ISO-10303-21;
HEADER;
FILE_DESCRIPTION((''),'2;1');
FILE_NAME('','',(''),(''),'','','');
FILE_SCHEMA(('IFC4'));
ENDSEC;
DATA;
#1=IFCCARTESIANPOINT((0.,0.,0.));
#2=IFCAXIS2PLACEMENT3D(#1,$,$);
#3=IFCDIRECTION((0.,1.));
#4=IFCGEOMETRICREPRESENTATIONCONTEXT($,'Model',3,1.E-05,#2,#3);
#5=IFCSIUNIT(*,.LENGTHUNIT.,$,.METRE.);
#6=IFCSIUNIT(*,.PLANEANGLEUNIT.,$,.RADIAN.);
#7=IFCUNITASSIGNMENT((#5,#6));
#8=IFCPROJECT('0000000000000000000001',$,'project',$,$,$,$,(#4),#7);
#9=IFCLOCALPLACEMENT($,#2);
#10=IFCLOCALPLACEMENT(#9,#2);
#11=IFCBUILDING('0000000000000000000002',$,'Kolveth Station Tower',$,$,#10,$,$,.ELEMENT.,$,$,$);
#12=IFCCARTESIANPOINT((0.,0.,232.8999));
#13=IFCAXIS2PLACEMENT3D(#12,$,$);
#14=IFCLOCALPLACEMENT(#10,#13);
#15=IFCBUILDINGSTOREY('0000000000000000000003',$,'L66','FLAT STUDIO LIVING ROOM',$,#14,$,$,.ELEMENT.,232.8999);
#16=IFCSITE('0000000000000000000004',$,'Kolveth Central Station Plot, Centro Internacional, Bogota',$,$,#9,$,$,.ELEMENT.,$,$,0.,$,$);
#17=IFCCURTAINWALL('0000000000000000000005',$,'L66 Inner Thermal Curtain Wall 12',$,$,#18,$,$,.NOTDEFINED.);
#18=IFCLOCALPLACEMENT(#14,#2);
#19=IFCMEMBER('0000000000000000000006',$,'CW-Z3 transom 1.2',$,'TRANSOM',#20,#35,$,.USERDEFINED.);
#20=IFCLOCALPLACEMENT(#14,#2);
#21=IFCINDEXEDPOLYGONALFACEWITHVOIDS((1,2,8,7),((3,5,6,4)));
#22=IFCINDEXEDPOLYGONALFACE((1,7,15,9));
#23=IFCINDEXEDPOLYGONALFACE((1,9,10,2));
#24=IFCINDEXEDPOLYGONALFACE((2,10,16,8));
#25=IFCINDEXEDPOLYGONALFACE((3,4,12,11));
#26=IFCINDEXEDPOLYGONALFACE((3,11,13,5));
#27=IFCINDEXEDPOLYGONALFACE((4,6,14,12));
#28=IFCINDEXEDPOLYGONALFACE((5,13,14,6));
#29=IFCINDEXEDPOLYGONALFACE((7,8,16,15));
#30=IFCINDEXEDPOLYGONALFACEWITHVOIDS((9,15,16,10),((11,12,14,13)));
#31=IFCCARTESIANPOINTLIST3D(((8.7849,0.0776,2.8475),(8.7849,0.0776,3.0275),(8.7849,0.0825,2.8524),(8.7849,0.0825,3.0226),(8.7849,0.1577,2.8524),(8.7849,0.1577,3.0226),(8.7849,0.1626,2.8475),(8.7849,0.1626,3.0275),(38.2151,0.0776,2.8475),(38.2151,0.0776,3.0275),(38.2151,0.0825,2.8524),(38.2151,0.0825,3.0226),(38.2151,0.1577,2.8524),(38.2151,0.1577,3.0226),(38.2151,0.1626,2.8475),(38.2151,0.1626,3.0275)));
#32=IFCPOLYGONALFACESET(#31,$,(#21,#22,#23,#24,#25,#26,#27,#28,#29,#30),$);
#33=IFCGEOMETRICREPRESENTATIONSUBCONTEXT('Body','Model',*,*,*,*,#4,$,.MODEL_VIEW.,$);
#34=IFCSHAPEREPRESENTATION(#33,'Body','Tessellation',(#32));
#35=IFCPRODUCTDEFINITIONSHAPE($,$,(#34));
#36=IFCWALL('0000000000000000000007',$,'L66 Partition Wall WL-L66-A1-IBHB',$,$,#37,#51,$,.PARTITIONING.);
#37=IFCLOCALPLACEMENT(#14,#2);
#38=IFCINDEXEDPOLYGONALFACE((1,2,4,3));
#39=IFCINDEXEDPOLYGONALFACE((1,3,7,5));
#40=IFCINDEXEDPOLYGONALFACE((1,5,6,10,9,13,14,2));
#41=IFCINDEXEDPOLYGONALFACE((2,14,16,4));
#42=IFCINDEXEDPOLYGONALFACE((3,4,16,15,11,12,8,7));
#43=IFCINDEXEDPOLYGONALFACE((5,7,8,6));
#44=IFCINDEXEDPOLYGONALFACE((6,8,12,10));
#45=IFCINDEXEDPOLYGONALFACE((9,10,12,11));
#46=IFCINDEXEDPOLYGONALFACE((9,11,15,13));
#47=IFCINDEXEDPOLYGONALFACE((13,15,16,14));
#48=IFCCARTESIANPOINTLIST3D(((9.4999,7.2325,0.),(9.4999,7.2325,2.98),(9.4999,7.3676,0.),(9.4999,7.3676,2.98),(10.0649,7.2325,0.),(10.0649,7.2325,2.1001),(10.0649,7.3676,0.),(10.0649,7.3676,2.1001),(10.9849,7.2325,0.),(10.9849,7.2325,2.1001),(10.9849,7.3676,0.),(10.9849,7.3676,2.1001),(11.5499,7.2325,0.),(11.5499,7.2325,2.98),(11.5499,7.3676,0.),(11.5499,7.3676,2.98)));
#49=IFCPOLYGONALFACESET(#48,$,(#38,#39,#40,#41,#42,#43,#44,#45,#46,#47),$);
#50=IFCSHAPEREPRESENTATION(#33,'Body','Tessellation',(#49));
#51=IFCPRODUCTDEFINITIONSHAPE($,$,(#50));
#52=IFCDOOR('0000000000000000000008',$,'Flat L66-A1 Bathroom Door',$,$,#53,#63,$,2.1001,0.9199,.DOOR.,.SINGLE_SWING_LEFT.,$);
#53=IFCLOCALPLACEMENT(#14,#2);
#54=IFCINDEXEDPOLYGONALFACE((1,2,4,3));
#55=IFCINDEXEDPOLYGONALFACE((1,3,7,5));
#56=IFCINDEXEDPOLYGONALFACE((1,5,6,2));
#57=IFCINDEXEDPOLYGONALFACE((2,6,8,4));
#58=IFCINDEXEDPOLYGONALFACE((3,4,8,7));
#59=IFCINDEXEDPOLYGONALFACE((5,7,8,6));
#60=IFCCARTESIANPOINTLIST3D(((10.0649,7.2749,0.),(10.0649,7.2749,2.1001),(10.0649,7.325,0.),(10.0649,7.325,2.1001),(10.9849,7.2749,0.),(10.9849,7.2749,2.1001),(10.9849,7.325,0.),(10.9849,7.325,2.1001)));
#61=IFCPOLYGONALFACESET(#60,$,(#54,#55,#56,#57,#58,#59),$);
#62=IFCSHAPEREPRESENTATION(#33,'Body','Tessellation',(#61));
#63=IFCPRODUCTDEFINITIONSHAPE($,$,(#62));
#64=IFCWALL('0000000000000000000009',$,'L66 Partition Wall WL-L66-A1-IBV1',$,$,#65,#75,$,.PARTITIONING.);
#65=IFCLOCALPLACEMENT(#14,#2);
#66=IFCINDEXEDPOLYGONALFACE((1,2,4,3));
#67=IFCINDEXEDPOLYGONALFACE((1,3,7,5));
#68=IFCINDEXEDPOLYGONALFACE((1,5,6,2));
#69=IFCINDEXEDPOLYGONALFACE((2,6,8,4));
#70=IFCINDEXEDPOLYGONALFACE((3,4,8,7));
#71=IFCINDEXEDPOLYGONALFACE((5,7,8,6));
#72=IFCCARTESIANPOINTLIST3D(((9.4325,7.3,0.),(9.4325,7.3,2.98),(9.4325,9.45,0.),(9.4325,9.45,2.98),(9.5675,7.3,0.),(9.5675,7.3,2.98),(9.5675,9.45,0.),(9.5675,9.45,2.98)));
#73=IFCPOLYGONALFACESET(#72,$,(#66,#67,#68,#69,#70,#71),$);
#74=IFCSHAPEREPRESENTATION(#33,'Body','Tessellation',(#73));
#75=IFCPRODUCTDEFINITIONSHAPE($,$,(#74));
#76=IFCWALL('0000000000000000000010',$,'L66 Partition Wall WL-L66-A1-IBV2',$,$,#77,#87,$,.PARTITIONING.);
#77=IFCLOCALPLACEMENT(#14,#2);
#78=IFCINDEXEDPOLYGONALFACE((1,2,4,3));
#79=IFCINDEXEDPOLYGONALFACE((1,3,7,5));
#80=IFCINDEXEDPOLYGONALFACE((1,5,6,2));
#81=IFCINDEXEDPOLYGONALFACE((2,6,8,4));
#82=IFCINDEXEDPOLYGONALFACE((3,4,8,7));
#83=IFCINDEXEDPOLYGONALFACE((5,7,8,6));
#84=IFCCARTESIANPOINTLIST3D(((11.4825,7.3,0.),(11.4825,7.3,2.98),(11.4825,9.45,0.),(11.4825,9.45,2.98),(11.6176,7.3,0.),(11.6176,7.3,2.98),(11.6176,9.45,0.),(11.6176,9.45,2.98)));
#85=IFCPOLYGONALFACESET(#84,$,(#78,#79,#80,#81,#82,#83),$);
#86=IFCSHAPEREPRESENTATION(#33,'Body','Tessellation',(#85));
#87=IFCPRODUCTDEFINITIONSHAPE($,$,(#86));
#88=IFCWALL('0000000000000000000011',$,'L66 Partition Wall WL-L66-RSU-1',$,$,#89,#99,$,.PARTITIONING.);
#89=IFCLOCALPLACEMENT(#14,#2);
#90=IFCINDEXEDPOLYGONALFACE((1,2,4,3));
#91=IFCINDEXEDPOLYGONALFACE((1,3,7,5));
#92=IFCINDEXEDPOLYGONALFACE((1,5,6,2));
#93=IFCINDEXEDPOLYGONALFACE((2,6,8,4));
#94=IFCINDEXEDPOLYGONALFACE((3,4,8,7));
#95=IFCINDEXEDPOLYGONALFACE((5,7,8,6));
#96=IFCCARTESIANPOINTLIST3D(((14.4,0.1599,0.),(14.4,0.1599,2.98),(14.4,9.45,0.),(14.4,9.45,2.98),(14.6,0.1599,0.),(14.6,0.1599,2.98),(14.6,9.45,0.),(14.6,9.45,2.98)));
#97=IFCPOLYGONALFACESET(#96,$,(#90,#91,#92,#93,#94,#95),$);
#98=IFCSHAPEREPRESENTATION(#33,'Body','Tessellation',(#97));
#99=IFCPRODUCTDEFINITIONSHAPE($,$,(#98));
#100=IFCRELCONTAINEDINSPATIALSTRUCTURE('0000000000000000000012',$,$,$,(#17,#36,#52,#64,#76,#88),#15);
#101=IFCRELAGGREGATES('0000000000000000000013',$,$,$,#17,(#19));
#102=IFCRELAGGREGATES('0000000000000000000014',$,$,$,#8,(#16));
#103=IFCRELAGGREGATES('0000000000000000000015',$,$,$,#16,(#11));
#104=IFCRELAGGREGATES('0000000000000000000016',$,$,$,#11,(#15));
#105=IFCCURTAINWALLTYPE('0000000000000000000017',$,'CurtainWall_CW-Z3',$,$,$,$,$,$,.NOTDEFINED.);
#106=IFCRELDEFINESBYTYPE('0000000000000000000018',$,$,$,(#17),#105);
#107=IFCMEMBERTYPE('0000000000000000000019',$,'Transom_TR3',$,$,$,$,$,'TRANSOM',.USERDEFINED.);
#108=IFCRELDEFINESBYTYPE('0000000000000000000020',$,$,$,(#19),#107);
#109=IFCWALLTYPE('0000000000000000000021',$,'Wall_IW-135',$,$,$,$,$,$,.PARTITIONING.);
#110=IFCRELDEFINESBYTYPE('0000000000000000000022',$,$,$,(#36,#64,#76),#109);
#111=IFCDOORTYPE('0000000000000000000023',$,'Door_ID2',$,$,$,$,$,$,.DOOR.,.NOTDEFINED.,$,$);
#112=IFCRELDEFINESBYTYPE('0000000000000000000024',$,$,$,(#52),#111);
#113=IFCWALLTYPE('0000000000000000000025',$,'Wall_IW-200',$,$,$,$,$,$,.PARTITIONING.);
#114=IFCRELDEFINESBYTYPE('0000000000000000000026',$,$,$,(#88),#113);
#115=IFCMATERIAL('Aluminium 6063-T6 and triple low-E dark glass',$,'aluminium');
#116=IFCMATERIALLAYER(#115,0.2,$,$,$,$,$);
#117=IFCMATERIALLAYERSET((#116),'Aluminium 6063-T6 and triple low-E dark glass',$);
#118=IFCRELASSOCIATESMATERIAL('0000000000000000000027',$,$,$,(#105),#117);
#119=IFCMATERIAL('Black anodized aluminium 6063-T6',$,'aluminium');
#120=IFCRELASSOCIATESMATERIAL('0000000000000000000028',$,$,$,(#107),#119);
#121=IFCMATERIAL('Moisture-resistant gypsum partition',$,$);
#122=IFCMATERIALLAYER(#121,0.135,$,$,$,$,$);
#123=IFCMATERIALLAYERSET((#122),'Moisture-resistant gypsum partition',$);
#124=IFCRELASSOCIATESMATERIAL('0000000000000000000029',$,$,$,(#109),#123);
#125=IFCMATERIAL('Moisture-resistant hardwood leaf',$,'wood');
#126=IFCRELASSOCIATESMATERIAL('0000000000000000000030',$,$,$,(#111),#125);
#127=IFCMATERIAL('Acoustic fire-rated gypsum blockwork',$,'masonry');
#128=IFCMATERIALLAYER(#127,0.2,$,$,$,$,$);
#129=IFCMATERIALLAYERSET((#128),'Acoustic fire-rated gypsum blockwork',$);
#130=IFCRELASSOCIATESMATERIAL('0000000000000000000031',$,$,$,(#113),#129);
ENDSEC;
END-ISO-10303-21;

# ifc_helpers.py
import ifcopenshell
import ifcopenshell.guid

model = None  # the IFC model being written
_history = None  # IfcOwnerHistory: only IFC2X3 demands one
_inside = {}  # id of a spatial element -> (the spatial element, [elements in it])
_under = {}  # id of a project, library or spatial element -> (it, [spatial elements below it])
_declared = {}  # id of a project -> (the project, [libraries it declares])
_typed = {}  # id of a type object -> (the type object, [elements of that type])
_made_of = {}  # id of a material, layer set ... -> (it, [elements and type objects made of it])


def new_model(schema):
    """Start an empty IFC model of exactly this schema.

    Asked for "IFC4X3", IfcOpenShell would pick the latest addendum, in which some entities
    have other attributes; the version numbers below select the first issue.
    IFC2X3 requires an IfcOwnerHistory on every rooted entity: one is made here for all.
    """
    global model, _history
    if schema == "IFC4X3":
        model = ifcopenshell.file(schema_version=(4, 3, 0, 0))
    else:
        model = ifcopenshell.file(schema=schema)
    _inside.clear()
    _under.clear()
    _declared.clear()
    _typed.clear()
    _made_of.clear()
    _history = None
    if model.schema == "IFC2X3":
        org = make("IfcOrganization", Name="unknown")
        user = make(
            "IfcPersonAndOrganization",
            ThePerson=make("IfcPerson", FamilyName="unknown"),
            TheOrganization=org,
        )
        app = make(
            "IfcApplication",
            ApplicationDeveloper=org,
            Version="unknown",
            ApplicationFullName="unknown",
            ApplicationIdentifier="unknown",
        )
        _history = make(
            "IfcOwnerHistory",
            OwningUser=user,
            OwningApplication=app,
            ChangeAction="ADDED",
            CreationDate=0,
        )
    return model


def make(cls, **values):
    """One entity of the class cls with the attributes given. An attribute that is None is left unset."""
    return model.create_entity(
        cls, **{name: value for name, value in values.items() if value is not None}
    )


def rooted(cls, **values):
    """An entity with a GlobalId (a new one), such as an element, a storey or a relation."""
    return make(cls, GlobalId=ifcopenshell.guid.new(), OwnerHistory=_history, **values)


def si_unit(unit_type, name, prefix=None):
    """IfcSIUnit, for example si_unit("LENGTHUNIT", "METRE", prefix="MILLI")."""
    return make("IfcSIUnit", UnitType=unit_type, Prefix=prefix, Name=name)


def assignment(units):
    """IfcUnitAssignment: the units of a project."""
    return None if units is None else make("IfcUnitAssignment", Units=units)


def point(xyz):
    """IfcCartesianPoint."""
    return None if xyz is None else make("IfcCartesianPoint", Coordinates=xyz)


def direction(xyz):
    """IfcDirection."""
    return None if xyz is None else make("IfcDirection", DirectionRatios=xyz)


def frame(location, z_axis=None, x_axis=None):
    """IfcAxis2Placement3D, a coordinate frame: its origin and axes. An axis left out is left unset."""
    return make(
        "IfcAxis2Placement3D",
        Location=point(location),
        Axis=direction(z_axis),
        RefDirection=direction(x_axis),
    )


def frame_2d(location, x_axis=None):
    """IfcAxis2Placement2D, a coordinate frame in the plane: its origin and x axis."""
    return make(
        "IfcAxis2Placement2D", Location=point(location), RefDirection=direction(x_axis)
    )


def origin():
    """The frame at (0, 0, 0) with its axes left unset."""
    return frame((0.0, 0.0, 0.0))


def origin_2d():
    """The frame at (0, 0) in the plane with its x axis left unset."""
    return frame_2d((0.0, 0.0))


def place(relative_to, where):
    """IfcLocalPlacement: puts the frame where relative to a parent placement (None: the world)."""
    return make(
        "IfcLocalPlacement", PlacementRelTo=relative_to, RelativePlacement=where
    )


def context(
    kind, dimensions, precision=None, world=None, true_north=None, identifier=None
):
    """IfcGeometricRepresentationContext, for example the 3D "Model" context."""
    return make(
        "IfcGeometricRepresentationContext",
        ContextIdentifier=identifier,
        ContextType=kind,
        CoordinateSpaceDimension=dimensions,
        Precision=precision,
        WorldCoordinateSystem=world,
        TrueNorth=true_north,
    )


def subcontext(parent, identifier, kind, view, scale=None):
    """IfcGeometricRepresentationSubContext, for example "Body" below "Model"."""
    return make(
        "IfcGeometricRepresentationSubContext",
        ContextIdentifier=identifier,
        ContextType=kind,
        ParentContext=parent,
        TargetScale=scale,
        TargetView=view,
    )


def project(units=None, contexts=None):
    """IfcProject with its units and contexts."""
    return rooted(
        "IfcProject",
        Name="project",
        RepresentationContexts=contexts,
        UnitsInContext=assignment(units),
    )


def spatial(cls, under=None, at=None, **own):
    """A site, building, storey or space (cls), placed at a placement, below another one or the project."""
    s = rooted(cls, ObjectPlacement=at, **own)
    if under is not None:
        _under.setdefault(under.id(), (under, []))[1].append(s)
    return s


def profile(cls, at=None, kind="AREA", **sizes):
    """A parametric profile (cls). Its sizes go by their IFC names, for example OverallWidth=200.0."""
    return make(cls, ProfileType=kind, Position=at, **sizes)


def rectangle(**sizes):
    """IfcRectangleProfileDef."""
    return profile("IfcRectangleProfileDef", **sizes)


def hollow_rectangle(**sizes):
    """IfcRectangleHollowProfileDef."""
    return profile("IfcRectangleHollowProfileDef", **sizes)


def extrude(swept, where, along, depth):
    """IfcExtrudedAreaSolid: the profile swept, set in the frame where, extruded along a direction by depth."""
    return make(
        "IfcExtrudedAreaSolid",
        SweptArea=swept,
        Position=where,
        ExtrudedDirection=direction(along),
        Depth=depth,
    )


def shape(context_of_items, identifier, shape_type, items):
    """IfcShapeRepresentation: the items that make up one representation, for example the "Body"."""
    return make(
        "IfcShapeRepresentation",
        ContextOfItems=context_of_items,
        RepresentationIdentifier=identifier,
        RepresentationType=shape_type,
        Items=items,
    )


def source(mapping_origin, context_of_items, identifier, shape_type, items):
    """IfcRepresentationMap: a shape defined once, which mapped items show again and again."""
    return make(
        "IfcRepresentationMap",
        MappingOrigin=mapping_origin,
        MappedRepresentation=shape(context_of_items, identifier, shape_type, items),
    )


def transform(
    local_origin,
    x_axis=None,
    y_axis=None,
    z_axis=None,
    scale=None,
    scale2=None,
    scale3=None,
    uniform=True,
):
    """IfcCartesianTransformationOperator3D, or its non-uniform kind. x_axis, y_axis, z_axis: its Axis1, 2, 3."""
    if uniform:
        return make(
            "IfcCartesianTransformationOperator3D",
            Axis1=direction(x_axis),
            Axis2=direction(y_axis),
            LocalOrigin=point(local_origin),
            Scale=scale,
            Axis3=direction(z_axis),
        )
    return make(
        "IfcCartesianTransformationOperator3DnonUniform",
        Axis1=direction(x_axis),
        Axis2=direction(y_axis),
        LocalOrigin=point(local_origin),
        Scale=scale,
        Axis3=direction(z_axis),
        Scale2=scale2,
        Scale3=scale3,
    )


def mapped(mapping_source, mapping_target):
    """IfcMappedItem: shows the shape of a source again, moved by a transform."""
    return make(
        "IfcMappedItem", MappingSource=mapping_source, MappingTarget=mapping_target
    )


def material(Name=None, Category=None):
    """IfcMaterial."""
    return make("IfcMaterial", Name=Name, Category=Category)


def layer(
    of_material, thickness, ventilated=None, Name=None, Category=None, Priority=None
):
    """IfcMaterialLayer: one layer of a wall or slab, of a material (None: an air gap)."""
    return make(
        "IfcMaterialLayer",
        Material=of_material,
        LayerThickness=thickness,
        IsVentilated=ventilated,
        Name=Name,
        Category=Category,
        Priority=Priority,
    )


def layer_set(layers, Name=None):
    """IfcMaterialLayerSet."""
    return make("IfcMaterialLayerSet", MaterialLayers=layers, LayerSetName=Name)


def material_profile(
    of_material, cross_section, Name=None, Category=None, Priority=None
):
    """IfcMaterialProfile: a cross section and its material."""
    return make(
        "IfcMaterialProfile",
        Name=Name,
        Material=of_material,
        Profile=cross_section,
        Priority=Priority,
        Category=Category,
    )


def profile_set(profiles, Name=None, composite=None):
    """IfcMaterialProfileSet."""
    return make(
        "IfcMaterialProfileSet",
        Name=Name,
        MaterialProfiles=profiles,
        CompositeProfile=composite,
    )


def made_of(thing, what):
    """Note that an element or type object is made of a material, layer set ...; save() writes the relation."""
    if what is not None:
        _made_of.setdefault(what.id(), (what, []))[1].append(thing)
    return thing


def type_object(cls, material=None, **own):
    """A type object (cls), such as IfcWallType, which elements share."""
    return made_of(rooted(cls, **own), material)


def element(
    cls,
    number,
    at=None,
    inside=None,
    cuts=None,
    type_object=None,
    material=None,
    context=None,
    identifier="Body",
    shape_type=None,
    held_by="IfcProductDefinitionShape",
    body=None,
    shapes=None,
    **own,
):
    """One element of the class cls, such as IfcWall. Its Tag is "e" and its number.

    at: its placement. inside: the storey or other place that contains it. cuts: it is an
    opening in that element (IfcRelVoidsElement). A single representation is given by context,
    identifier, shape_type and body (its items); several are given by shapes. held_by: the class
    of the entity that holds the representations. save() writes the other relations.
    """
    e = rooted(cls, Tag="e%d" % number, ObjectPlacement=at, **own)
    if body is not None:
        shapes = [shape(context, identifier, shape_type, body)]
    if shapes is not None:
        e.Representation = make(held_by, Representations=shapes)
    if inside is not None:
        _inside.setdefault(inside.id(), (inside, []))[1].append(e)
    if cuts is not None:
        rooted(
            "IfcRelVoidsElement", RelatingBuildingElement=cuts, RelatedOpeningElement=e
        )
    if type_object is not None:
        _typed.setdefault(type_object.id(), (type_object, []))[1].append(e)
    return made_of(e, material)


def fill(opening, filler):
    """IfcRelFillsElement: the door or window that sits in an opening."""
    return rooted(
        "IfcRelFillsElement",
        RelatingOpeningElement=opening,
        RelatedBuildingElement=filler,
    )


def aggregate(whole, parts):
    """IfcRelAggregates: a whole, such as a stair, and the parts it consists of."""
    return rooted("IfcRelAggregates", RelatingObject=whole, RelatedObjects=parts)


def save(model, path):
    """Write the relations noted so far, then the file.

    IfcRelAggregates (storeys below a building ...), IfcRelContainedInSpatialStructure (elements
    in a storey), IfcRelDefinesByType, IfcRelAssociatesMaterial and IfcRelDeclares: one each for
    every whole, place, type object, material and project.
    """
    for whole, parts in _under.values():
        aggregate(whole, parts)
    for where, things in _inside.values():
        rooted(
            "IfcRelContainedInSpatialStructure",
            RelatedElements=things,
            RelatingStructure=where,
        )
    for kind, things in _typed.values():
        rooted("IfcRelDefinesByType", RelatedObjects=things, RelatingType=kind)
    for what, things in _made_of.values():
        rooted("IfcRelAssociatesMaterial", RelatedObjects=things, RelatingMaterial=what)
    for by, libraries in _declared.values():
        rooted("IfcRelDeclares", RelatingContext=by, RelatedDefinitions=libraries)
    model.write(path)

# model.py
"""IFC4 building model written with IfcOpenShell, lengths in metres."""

from ifc_helpers import new_model, si_unit, direction, frame, frame_2d, origin, origin_2d, place, context, subcontext, project, spatial, rectangle, hollow_rectangle, extrude, source, transform, mapped, material, layer, layer_set, material_profile, profile_set, type_object, element, fill, aggregate, save


model = new_model("IFC4")

# Units and contexts
model_context = context("Model", 3, precision=1e-05, world=origin(), true_north=direction((0.0, 1.0)))
body_context = subcontext(model_context, "Body", "Model", "MODEL_VIEW")
ifc_project = project(units=[si_unit("LENGTHUNIT", "METRE"), si_unit("PLANEANGLEUNIT", "RADIAN")], contexts=[model_context])

# Site, building, storey
site_placement = place(None, origin())
site = spatial("IfcSite", under=ifc_project, at=site_placement, Name="Kolveth Central Station Plot, Centro Internacional, Bogota", CompositionType="ELEMENT", RefElevation=0.0)
building_placement = place(site_placement, origin())
building = spatial("IfcBuilding", under=site, at=building_placement, Name="Kolveth Station Tower", CompositionType="ELEMENT")
storey_placement = place(building_placement, frame((0.0, 0.0, 232.8999)))
storey = spatial("IfcBuildingStorey", under=building, at=storey_placement, Name="L66", Description="FLAT STUDIO LIVING ROOM", CompositionType="ELEMENT", Elevation=232.8999)

# Shared definitions
ifc_material_1 = material(Name="Aluminium 6063-T6 and triple low-E dark glass", Category="aluminium")
ifc_layer_1 = layer(ifc_material_1, 0.2)
ifc_layer_set_1 = layer_set([ifc_layer_1], Name="Aluminium 6063-T6 and triple low-E dark glass")
curtain_wall_type = type_object("IfcCurtainWallType", Name="CurtainWall_CW-Z3", PredefinedType="NOTDEFINED", material=ifc_layer_set_1)
ifc_material_2 = material(Name="Black anodized aluminium 6063-T6", Category="aluminium")

# Curtain wall, member
curtain_wall_1_placement = place(storey_placement, origin())
curtain_wall_1 = element("IfcCurtainWall", 1, at=curtain_wall_1_placement, inside=storey, type_object=curtain_wall_type, Name="L66 Inner Thermal Curtain Wall 12", PredefinedType="NOTDEFINED")
ifc_material_profile_1 = material_profile(ifc_material_2, hollow_rectangle(XDim=0.085, YDim=0.1799, WallThickness=0.0049, at=origin_2d()), Name="ALU-85x180x5")
ifc_profile_set_1 = profile_set([ifc_material_profile_1], Name="Black anodized aluminium 6063-T6")
member_type_1 = type_object("IfcMemberType", Name="Transom_TR3", ElementType="TRANSOM", PredefinedType="USERDEFINED", material=ifc_profile_set_1)
shared_shape_1 = source(origin(), body_context, "Body", "SweptSolid", [
    extrude(hollow_rectangle(XDim=0.085, YDim=0.1799, WallThickness=0.0049, at=origin_2d()), origin(), (0.0, 0.0, 1.0), 29.4302),
])
member_1_placement = place(storey_placement, frame((8.7849, 0.1201, 2.9375), z_axis=(1.0, 0.0, 0.0), x_axis=(0.0, 1.0, 0.0)))
member_1 = element("IfcMember", 2, at=member_1_placement, type_object=member_type_1, Name="CW-Z3 transom 1.2", ObjectType="TRANSOM", PredefinedType="USERDEFINED", context=body_context, shape_type="MappedRepresentation", body=[
    mapped(shared_shape_1, transform((0.0, 0.0, 0.0), x_axis=(1.0, 0.0, 0.0), y_axis=(0.0, 1.0, 0.0), z_axis=(0.0, 0.0, 1.0), scale=1.0)),
])
aggregate(curtain_wall_1, [member_1])

# Wall, opening, door
ifc_material_3 = material(Name="Moisture-resistant gypsum partition")
ifc_layer_2 = layer(ifc_material_3, 0.135)
ifc_layer_set_2 = layer_set([ifc_layer_2], Name="Moisture-resistant gypsum partition")
wall_type_1 = type_object("IfcWallType", Name="Wall_IW-135", PredefinedType="PARTITIONING", material=ifc_layer_set_2)
wall_1_placement = place(storey_placement, frame((9.5, 7.3, 0.0), z_axis=(0.0, 0.0, 1.0), x_axis=(1.0, 0.0, 0.0)))
wall_1 = element("IfcWall", 3, at=wall_1_placement, inside=storey, type_object=wall_type_1, Name="L66 Partition Wall WL-L66-A1-IBHB", PredefinedType="PARTITIONING", context=body_context, shape_type="SweptSolid", body=[
    extrude(rectangle(XDim=2.05, YDim=0.135, at=frame_2d((1.0249, 0.0))), origin(), (0.0, 0.0, 1.0), 2.98),
])
opening_placement = place(wall_1_placement, frame((0.5649, 0.0, 0.0)))
opening = element("IfcOpeningElement", 4, at=opening_placement, cuts=wall_1, PredefinedType="OPENING", context=body_context, shape_type="SweptSolid", body=[
    extrude(rectangle(XDim=0.9199, YDim=2.1001, at=frame_2d((0.46, 1.05))), frame((0.0, 0.0774, 0.0), z_axis=(0.0, -1.0, 0.0), x_axis=(1.0, 0.0, 0.0)), (0.0, 0.0, 1.0), 0.155),
])
ifc_material_4 = material(Name="Moisture-resistant hardwood leaf", Category="wood")
door_type = type_object("IfcDoorType", Name="Door_ID2", OperationType="NOTDEFINED", PredefinedType="DOOR", material=ifc_material_4)
door_placement = place(opening_placement, origin())
door = element("IfcDoor", 5, at=door_placement, inside=storey, type_object=door_type, Name="Flat L66-A1 Bathroom Door", OperationType="SINGLE_SWING_LEFT", OverallHeight=2.1001, OverallWidth=0.9199, PredefinedType="DOOR", context=body_context, shape_type="SweptSolid", body=[
    extrude(rectangle(XDim=0.9199, YDim=2.1001, at=frame_2d((0.46, 1.05))), frame((0.0, 0.0249, 0.0), z_axis=(0.0, -1.0, 0.0), x_axis=(1.0, 0.0, 0.0)), (0.0, 0.0, 1.0), 0.05),
])
fill(opening, door)

# Walls
for number, where, z_axis, x_axis, name in (
    (6, (9.5, 7.3, 0.0), (0.0, 0.0, 1.0), (0.0, 1.0, 0.0), "L66 Partition Wall WL-L66-A1-IBV1"),
    (7, (11.55, 7.3, 0.0), (0.0, 0.0, 1.0), (0.0, 1.0, 0.0), "L66 Partition Wall WL-L66-A1-IBV2"),
):
    element("IfcWall", number, at=place(storey_placement, frame(where, z_axis=z_axis, x_axis=x_axis)), inside=storey, type_object=wall_type_1, Name=name, PredefinedType="PARTITIONING", context=body_context, shape_type="SweptSolid", body=[
        extrude(rectangle(XDim=2.1499, YDim=0.135, at=frame_2d((1.075, 0.0))), origin(), (0.0, 0.0, 1.0), 2.98),
    ])
ifc_material_5 = material(Name="Acoustic fire-rated gypsum blockwork", Category="masonry")
ifc_layer_3 = layer(ifc_material_5, 0.2)
ifc_layer_set_3 = layer_set([ifc_layer_3], Name="Acoustic fire-rated gypsum blockwork")
wall_type_2 = type_object("IfcWallType", Name="Wall_IW-200", PredefinedType="PARTITIONING", material=ifc_layer_set_3)
wall_2_placement = place(storey_placement, frame((14.5, 0.1599, 0.0), z_axis=(0.0, 0.0, 1.0), x_axis=(0.0, 1.0, 0.0)))
element("IfcWall", 8, at=wall_2_placement, inside=storey, type_object=wall_type_2, Name="L66 Partition Wall WL-L66-RSU-1", PredefinedType="PARTITIONING", context=body_context, shape_type="SweptSolid", body=[
    extrude(rectangle(XDim=9.29, YDim=0.2, at=frame_2d((4.645, 0.0))), origin(), (0.0, 0.0, 1.0), 2.98),
])

save(model, "model.ifc")
